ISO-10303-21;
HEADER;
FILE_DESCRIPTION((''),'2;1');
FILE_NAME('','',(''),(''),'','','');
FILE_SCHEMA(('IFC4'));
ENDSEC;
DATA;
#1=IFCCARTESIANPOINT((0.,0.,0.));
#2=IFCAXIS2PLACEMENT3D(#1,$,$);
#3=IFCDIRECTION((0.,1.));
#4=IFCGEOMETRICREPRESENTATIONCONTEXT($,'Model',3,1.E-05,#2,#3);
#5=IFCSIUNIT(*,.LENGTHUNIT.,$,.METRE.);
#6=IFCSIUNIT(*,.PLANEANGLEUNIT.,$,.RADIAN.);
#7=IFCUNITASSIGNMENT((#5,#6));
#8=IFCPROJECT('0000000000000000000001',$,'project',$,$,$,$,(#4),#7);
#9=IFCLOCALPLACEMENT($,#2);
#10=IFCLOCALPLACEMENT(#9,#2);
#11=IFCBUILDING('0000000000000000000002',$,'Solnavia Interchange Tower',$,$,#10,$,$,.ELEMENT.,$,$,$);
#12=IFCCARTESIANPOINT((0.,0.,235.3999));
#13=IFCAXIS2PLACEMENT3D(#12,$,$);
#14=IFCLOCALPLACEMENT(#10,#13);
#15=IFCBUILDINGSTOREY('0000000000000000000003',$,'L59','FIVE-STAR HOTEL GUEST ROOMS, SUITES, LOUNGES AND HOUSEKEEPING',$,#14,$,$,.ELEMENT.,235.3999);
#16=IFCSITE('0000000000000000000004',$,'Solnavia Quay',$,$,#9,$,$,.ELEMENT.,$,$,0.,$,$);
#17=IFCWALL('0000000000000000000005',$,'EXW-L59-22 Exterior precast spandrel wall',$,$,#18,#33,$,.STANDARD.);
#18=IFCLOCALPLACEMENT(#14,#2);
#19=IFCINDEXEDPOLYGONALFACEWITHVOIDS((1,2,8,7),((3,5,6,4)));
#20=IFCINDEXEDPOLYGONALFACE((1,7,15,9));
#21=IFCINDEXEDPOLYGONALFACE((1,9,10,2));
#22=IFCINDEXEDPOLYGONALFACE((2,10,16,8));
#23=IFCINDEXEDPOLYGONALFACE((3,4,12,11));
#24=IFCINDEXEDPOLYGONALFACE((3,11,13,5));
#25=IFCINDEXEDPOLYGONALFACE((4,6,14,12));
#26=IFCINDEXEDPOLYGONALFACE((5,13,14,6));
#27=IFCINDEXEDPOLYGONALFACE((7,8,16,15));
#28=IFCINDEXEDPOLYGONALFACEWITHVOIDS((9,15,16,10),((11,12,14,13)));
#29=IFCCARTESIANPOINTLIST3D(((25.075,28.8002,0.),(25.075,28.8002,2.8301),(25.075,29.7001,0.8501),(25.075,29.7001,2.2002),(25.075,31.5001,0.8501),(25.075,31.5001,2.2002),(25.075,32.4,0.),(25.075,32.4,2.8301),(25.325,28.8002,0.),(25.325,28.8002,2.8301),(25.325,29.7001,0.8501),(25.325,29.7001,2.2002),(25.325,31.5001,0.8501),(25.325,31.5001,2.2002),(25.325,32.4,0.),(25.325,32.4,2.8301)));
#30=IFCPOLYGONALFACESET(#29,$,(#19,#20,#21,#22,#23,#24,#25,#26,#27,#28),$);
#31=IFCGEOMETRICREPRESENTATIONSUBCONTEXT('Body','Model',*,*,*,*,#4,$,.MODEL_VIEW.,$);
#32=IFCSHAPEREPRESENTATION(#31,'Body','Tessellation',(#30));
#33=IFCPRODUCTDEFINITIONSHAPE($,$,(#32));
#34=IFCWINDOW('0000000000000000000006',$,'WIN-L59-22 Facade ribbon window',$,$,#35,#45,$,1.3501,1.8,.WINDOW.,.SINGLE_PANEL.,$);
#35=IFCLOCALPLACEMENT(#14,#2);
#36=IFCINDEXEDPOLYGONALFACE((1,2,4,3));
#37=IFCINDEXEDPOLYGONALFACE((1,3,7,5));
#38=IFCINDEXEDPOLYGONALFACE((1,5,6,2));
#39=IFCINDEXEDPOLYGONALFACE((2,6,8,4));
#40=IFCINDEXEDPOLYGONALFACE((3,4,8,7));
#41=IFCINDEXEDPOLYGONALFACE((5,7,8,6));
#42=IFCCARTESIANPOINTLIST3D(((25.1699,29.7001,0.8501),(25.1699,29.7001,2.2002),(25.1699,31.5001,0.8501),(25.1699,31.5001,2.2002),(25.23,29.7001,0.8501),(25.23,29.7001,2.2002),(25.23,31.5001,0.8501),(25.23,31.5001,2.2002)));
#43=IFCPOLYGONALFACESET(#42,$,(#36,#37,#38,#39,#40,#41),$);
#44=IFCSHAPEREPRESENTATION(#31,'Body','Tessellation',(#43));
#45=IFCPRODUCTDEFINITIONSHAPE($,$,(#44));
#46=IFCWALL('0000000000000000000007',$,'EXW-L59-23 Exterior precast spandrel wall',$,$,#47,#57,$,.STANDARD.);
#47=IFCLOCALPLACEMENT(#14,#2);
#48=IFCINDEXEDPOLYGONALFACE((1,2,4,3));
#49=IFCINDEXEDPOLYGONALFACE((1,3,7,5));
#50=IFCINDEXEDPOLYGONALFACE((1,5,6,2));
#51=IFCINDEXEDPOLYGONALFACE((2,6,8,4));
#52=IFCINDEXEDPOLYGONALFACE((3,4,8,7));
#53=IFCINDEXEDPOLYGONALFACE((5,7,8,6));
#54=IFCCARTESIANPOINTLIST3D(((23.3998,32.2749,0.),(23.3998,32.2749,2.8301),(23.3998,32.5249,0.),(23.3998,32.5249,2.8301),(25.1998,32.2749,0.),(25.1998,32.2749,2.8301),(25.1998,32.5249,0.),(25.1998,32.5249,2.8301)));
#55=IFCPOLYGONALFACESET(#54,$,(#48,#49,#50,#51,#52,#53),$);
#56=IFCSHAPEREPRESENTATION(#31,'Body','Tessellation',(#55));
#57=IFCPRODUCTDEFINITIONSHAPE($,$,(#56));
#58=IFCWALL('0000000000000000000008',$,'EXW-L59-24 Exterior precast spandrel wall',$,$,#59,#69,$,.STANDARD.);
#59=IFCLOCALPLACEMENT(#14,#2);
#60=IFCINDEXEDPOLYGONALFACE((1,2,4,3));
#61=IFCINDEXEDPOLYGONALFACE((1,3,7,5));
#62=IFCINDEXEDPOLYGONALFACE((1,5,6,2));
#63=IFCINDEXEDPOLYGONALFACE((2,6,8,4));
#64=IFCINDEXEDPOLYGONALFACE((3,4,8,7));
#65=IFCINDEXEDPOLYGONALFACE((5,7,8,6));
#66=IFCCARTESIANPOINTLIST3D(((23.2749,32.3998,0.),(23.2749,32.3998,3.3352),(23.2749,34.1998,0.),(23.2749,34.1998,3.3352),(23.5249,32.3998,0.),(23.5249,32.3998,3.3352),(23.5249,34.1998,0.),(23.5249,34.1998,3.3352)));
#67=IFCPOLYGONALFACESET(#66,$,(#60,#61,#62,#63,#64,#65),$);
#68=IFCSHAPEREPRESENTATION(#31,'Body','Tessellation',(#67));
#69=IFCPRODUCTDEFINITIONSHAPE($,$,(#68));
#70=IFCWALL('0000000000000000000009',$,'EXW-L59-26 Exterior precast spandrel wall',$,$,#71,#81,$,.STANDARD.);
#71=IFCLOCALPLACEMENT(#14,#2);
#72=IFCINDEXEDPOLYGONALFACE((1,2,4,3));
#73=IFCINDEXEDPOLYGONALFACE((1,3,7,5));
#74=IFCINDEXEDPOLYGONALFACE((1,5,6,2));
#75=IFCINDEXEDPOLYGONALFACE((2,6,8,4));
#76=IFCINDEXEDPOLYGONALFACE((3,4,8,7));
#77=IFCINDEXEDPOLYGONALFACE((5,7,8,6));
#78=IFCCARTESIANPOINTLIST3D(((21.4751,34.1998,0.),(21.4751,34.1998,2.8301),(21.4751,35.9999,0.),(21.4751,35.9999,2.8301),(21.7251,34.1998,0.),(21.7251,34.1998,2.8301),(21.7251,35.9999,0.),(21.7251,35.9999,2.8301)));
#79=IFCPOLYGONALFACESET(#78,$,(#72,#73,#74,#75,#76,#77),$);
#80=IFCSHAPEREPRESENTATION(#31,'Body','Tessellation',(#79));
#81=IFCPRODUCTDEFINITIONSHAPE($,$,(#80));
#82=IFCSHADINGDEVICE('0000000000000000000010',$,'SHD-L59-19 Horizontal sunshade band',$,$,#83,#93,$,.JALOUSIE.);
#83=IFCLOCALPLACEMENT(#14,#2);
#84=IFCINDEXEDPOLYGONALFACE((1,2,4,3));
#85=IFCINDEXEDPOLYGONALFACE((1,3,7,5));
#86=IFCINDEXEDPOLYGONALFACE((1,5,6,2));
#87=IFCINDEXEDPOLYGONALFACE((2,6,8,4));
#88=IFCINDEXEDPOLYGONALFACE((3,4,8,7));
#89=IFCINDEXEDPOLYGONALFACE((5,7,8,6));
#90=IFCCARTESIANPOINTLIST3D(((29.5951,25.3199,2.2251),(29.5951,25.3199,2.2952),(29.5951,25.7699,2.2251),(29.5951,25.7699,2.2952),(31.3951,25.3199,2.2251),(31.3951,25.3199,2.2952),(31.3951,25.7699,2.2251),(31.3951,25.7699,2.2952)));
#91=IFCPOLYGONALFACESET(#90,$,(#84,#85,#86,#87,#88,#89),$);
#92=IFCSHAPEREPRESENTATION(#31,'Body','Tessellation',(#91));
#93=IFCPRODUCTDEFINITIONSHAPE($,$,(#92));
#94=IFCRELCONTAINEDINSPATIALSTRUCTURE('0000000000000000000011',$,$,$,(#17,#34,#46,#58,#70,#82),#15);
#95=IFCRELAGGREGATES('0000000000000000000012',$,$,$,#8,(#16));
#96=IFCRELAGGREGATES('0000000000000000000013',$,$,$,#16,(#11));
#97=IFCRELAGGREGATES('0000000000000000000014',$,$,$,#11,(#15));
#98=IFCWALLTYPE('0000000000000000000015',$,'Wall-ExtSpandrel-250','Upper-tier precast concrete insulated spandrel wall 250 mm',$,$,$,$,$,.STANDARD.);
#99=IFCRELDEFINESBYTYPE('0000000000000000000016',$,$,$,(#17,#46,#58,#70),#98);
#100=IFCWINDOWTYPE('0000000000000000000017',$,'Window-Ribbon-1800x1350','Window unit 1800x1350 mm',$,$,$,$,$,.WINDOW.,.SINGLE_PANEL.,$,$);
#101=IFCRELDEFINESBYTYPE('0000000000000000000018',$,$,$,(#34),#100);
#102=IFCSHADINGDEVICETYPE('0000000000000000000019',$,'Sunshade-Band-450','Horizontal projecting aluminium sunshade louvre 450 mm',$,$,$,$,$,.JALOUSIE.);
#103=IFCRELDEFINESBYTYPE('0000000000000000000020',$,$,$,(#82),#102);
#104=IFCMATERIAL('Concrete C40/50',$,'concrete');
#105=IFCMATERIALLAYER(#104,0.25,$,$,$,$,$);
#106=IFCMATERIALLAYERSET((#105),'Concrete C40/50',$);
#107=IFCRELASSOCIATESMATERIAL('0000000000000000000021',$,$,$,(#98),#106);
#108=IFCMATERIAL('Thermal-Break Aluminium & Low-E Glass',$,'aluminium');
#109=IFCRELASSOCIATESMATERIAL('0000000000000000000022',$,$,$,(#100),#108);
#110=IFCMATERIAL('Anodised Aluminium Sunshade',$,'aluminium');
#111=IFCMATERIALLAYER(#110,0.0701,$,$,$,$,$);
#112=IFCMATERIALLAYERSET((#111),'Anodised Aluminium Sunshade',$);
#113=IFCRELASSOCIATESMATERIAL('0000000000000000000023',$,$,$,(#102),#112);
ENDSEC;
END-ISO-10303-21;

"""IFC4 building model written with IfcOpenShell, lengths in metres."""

from ifc_helpers import new_model, si_unit, direction, frame, frame_2d, origin, origin_2d, place, context, subcontext, project, spatial, rectangle, extrude, material, layer, layer_set, type_object, element, fill, save


model = new_model("IFC4")

# Units and contexts
model_context = context("Model", 3, precision=1e-05, world=origin(), true_north=direction((0.0, 1.0)))
body_context = subcontext(model_context, "Body", "Model", "MODEL_VIEW")
ifc_project = project(units=[si_unit("LENGTHUNIT", "METRE"), si_unit("PLANEANGLEUNIT", "RADIAN")], contexts=[model_context])

# Site, building, storey
site_placement = place(None, origin())
site = spatial("IfcSite", under=ifc_project, at=site_placement, Name="Solnavia Quay", CompositionType="ELEMENT", RefElevation=0.0)
building_placement = place(site_placement, origin())
building = spatial("IfcBuilding", under=site, at=building_placement, Name="Solnavia Interchange Tower", CompositionType="ELEMENT")
storey_placement = place(building_placement, frame((0.0, 0.0, 235.3999)))
storey = spatial("IfcBuildingStorey", under=building, at=storey_placement, Name="L59", Description="FIVE-STAR HOTEL GUEST ROOMS, SUITES, LOUNGES AND HOUSEKEEPING", CompositionType="ELEMENT", Elevation=235.3999)

# Shared definitions
ifc_material_1 = material(Name="Concrete C40/50", Category="concrete")
ifc_layer_1 = layer(ifc_material_1, 0.25)
ifc_layer_set_1 = layer_set([ifc_layer_1], Name="Concrete C40/50")
wall_type = type_object("IfcWallType", Name="Wall-ExtSpandrel-250", Description="Upper-tier precast concrete insulated spandrel wall 250 mm", PredefinedType="STANDARD", material=ifc_layer_set_1)

# Shared definitions
ifc_material_2 = material(Name="Thermal-Break Aluminium & Low-E Glass", Category="aluminium")
window_type = type_object("IfcWindowType", Name="Window-Ribbon-1800x1350", Description="Window unit 1800x1350 mm", PartitioningType="SINGLE_PANEL", PredefinedType="WINDOW", material=ifc_material_2)

# Wall, opening, window
wall_1_placement = place(storey_placement, frame((25.2, 32.3999, 0.0), z_axis=(0.0, 0.0, 1.0), x_axis=(0.0, -1.0, 0.0)))
wall_1 = element("IfcWall", 1, at=wall_1_placement, inside=storey, type_object=wall_type, Name="EXW-L59-22 Exterior precast spandrel wall", PredefinedType="STANDARD", context=body_context, shape_type="SweptSolid", body=[
    extrude(rectangle(XDim=3.5999, YDim=0.25, at=frame_2d((1.7998, 0.0))), origin(), (0.0, 0.0, 1.0), 2.8301),
])
opening_1_placement = place(wall_1_placement, frame((0.8999, 0.0, 0.8501)))
opening_1 = element("IfcOpeningElement", 2, at=opening_1_placement, cuts=wall_1, PredefinedType="OPENING", context=body_context, shape_type="SweptSolid", body=[
    extrude(rectangle(XDim=1.8, YDim=1.3501, at=frame_2d((0.8999, 0.675))), frame((0.0, 0.135, 0.0), z_axis=(0.0, -1.0, 0.0), x_axis=(1.0, 0.0, 0.0)), (0.0, 0.0, 1.0), 0.27),
])
window_1_placement = place(opening_1_placement, origin())
window_1 = element("IfcWindow", 3, at=window_1_placement, inside=storey, type_object=window_type, Name="WIN-L59-22 Facade ribbon window", OverallHeight=1.3501, OverallWidth=1.8, PartitioningType="SINGLE_PANEL", PredefinedType="WINDOW", context=body_context, shape_type="SweptSolid", body=[
    extrude(rectangle(XDim=1.8, YDim=1.3501, at=frame_2d((0.8999, 0.675))), frame((0.0, 0.03, 0.0), z_axis=(0.0, -1.0, 0.0), x_axis=(1.0, 0.0, 0.0)), (0.0, 0.0, 1.0), 0.0601),
])
fill(opening_1, window_1)

# Walls
wall_2_placement = place(storey_placement, frame((23.3999, 32.3999, 0.0), z_axis=(0.0, 0.0, 1.0), x_axis=(1.0, 0.0, 0.0)))
element("IfcWall", 4, at=wall_2_placement, inside=storey, type_object=wall_type, Name="EXW-L59-23 Exterior precast spandrel wall", PredefinedType="STANDARD", context=body_context, shape_type="SweptSolid", body=[
    extrude(rectangle(XDim=1.8, YDim=0.25, at=frame_2d((0.8999, 0.0))), origin(), (0.0, 0.0, 1.0), 2.8301),
])
wall_3_placement = place(storey_placement, frame((23.3999, 32.3999, 0.0), z_axis=(0.0, 0.0, 1.0), x_axis=(0.0, 1.0, 0.0)))
element("IfcWall", 5, at=wall_3_placement, inside=storey, type_object=wall_type, Name="EXW-L59-24 Exterior precast spandrel wall", PredefinedType="STANDARD", context=body_context, shape_type="SweptSolid", body=[
    extrude(rectangle(XDim=1.8, YDim=0.25, at=frame_2d((0.8999, 0.0))), origin(), (0.0, 0.0, 1.0), 3.3352),
])
wall_4_placement = place(storey_placement, frame((21.6001, 34.2, 0.0), z_axis=(0.0, 0.0, 1.0), x_axis=(0.0, 1.0, 0.0)))
element("IfcWall", 6, at=wall_4_placement, inside=storey, type_object=wall_type, Name="EXW-L59-26 Exterior precast spandrel wall", PredefinedType="STANDARD", context=body_context, shape_type="SweptSolid", body=[
    extrude(rectangle(XDim=1.8, YDim=0.25, at=frame_2d((0.8999, 0.0))), origin(), (0.0, 0.0, 1.0), 2.8301),
])

# Shading device
ifc_material_3 = material(Name="Anodised Aluminium Sunshade", Category="aluminium")
ifc_layer_2 = layer(ifc_material_3, 0.0701)
ifc_layer_set_2 = layer_set([ifc_layer_2], Name="Anodised Aluminium Sunshade")
shading_device_type = type_object("IfcShadingDeviceType", Name="Sunshade-Band-450", Description="Horizontal projecting aluminium sunshade louvre 450 mm", PredefinedType="JALOUSIE", material=ifc_layer_set_2)
shading_device_placement = place(storey_placement, frame((30.4951, 25.5449, 2.2251), z_axis=(0.0, 0.0, 1.0), x_axis=(1.0, 0.0, 0.0)))
element("IfcShadingDevice", 7, at=shading_device_placement, inside=storey, type_object=shading_device_type, Name="SHD-L59-19 Horizontal sunshade band", PredefinedType="JALOUSIE", context=body_context, shape_type="SweptSolid", body=[
    extrude(rectangle(XDim=1.8, YDim=0.45, at=origin_2d()), origin(), (0.0, 0.0, 1.0), 0.0701),
])

save(model, "model.ifc")
